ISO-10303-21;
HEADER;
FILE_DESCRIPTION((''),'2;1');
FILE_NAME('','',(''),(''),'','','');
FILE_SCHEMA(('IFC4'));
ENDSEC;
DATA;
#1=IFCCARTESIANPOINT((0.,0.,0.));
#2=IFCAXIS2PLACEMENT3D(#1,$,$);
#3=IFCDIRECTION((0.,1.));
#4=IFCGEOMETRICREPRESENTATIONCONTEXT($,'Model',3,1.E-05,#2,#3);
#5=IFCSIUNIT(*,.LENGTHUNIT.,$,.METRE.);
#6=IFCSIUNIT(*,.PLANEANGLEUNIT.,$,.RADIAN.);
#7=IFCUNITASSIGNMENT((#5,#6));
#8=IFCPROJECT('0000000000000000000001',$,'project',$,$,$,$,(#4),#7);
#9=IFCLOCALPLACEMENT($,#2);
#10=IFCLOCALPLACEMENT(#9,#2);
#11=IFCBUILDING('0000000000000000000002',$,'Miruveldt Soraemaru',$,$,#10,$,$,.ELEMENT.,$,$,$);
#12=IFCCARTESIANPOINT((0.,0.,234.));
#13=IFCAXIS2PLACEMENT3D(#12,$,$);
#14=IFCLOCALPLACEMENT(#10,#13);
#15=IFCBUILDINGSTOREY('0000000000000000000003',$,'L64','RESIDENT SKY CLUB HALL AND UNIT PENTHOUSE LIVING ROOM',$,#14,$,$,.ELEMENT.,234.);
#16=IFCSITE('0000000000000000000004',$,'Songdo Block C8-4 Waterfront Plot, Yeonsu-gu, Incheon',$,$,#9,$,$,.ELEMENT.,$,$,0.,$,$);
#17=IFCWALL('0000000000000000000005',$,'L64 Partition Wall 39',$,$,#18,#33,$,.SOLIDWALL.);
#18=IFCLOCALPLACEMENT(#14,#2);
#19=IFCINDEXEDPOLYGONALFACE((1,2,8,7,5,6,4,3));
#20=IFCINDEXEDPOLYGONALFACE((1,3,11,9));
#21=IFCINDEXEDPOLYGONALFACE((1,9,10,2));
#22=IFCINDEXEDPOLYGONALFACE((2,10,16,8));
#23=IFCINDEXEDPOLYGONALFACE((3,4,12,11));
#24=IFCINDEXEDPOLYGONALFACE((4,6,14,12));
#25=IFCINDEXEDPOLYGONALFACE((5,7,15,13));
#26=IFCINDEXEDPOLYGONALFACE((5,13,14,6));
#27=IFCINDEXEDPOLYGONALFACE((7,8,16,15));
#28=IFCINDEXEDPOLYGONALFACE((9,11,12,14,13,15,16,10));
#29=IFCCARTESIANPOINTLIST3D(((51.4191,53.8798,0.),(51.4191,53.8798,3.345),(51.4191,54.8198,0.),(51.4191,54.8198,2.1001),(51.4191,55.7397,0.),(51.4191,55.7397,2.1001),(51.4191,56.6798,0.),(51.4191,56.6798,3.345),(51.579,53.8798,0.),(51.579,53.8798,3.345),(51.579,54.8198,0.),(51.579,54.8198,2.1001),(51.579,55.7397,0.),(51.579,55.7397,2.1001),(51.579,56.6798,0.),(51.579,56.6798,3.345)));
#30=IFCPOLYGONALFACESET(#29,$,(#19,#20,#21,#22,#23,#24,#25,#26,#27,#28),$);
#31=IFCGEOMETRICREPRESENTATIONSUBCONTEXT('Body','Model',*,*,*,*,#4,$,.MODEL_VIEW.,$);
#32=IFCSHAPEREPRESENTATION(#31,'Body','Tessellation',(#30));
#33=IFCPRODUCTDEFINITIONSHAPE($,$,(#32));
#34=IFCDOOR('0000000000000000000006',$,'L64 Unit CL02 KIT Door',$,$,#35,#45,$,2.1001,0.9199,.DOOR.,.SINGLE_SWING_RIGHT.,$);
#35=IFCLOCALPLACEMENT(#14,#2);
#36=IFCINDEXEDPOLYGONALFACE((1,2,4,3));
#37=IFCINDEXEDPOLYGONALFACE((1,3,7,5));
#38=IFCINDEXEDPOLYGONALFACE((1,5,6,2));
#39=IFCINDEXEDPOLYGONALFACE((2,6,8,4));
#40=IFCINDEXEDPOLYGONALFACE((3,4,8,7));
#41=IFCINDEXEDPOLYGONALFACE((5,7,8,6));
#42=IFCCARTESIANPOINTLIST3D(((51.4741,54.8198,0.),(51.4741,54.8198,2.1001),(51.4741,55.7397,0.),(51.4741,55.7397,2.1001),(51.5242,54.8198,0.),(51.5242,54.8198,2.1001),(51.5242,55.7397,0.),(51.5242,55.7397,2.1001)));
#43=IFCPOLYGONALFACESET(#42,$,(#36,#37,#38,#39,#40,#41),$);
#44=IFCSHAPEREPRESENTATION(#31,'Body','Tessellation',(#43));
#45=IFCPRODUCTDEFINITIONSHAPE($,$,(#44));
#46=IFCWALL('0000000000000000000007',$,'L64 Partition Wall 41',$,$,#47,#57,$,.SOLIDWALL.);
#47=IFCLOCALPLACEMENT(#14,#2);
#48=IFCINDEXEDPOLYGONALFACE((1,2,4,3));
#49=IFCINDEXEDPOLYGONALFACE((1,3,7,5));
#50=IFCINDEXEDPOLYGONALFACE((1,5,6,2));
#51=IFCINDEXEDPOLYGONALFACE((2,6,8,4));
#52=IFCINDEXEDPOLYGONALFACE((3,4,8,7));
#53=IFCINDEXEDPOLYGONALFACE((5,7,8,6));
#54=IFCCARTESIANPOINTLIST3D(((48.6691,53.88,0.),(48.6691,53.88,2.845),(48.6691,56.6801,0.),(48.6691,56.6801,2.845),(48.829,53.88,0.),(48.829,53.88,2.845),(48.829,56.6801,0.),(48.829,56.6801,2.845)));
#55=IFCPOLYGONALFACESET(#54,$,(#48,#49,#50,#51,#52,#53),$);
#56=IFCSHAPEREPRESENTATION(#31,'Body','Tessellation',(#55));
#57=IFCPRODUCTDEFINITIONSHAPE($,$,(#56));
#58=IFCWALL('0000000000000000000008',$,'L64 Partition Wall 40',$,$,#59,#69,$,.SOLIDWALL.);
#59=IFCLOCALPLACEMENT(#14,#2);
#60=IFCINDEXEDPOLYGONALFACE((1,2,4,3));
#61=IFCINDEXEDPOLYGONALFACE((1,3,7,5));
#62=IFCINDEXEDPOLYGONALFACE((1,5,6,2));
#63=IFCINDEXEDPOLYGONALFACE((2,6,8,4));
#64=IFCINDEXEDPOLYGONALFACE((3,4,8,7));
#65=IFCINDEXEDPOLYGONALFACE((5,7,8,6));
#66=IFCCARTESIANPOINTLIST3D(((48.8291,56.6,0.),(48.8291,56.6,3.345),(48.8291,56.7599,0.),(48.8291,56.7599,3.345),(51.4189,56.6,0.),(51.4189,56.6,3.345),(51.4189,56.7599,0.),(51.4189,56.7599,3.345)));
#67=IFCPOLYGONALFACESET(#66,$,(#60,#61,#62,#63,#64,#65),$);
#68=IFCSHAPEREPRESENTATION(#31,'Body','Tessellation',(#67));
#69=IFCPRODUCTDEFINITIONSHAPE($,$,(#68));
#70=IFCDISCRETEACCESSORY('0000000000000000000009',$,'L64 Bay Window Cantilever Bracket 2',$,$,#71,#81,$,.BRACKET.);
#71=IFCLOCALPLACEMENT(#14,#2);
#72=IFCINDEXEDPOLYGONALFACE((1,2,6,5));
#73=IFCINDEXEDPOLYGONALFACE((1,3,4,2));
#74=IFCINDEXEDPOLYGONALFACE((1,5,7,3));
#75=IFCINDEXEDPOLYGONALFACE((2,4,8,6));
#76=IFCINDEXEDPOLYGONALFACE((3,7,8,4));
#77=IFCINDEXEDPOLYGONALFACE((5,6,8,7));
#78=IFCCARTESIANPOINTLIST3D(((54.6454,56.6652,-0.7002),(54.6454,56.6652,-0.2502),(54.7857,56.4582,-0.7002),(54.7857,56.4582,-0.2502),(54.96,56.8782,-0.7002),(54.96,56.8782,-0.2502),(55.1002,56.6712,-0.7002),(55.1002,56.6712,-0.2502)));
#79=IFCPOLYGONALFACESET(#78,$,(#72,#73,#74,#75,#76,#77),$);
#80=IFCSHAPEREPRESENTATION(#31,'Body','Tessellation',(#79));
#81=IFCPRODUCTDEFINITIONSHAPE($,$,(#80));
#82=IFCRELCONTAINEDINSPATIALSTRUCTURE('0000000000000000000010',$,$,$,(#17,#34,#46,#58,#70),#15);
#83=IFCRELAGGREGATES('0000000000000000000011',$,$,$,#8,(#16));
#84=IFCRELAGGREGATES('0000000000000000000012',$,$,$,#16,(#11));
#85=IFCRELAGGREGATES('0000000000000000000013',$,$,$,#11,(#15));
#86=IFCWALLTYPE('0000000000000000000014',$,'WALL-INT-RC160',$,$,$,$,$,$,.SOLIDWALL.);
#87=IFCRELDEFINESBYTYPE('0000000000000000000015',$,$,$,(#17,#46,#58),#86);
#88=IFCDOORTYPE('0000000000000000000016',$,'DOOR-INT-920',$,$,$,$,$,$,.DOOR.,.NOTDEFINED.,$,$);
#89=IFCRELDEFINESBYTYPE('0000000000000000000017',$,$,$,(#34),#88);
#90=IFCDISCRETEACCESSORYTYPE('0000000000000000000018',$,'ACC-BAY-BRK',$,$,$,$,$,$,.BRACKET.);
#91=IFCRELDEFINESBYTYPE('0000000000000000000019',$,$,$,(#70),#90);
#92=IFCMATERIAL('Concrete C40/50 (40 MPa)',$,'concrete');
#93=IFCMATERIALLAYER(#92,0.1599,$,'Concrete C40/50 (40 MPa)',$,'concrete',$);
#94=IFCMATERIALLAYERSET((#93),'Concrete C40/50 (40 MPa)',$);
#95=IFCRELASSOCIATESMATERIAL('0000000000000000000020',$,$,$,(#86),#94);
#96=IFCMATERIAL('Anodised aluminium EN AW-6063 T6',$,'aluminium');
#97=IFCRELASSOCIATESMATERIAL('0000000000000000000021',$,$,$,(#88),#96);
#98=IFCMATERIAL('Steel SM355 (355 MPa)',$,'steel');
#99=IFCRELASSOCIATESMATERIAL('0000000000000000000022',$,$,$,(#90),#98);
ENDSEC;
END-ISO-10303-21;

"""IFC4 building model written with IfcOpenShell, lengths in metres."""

from ifc_helpers import new_model, si_unit, direction, frame, frame_2d, origin, origin_2d, place, context, subcontext, project, spatial, rectangle, extrude, material, layer, layer_set, type_object, element, fill, save


model = new_model("IFC4")

# Units and contexts
model_context = context("Model", 3, precision=1e-05, world=origin(), true_north=direction((0.0, 1.0)))
body_context = subcontext(model_context, "Body", "Model", "MODEL_VIEW")
ifc_project = project(units=[si_unit("LENGTHUNIT", "METRE"), si_unit("PLANEANGLEUNIT", "RADIAN")], contexts=[model_context])

# Site, building, storey
site_placement = place(None, origin())
site = spatial("IfcSite", under=ifc_project, at=site_placement, Name="Songdo Block C8-4 Waterfront Plot, Yeonsu-gu, Incheon", CompositionType="ELEMENT", RefElevation=0.0)
building_placement = place(site_placement, origin())
building = spatial("IfcBuilding", under=site, at=building_placement, Name="Miruveldt Soraemaru", CompositionType="ELEMENT")
storey_placement = place(building_placement, frame((0.0, 0.0, 234.0)))
storey = spatial("IfcBuildingStorey", under=building, at=storey_placement, Name="L64", Description="RESIDENT SKY CLUB HALL AND UNIT PENTHOUSE LIVING ROOM", CompositionType="ELEMENT", Elevation=234.0)

# Shared definitions
ifc_material_1 = material(Name="Steel SM355 (355 MPa)", Category="steel")

# Wall, opening, door
ifc_material_2 = material(Name="Concrete C40/50 (40 MPa)", Category="concrete")
ifc_layer_1 = layer(ifc_material_2, 0.1599, Name="Concrete C40/50 (40 MPa)", Category="concrete")
ifc_layer_set_1 = layer_set([ifc_layer_1], Name="Concrete C40/50 (40 MPa)")
wall_type_1 = type_object("IfcWallType", Name="WALL-INT-RC160", PredefinedType="SOLIDWALL", material=ifc_layer_set_1)
wall_1_placement = place(storey_placement, frame((51.499, 53.8799, 0.0), z_axis=(0.0, 0.0, 1.0), x_axis=(0.0, 1.0, 0.0)))
wall_1 = element("IfcWall", 1, at=wall_1_placement, inside=storey, type_object=wall_type_1, Name="L64 Partition Wall 39", PredefinedType="SOLIDWALL", context=body_context, shape_type="SweptSolid", body=[
    extrude(rectangle(XDim=2.8, YDim=0.1599, at=frame_2d((1.3999, 0.0))), origin(), (0.0, 0.0, 1.0), 3.345),
])
opening_1_placement = place(wall_1_placement, frame((0.9399, 0.0, 0.0)))
opening_1 = element("IfcOpeningElement", 2, at=opening_1_placement, cuts=wall_1, PredefinedType="OPENING", context=body_context, shape_type="SweptSolid", body=[
    extrude(rectangle(XDim=0.9199, YDim=2.1001, at=frame_2d((0.46, 1.05))), frame((0.0, 0.0898, 0.0), z_axis=(0.0, -1.0, 0.0), x_axis=(1.0, 0.0, 0.0)), (0.0, 0.0, 1.0), 0.1799),
])
ifc_material_3 = material(Name="Anodised aluminium EN AW-6063 T6", Category="aluminium")
door_type = type_object("IfcDoorType", Name="DOOR-INT-920", OperationType="NOTDEFINED", PredefinedType="DOOR", material=ifc_material_3)
door_placement = place(opening_1_placement, origin())
door = element("IfcDoor", 3, at=door_placement, inside=storey, type_object=door_type, Name="L64 Unit CL02 KIT Door", OperationType="SINGLE_SWING_RIGHT", OverallHeight=2.1001, OverallWidth=0.9199, PredefinedType="DOOR", context=body_context, shape_type="SweptSolid", body=[
    extrude(rectangle(XDim=0.9199, YDim=2.1001, at=frame_2d((0.46, 1.05))), frame((0.0, 0.0249, 0.0), z_axis=(0.0, -1.0, 0.0), x_axis=(1.0, 0.0, 0.0)), (0.0, 0.0, 1.0), 0.05),
])
fill(opening_1, door)

# Walls
wall_2_placement = place(storey_placement, frame((48.749, 56.6799, 0.0), z_axis=(0.0, 0.0, 1.0), x_axis=(0.0, -1.0, 0.0)))
element("IfcWall", 4, at=wall_2_placement, inside=storey, type_object=wall_type_1, Name="L64 Partition Wall 41", PredefinedType="SOLIDWALL", context=body_context, shape_type="SweptSolid", body=[
    extrude(rectangle(XDim=2.8, YDim=0.1599, at=frame_2d((1.3999, 0.0))), origin(), (0.0, 0.0, 1.0), 2.845),
])
wall_3_placement = place(storey_placement, frame((51.4189, 56.6799, 0.0), z_axis=(0.0, 0.0, 1.0), x_axis=(-1.0, 0.0, 0.0)))
element("IfcWall", 5, at=wall_3_placement, inside=storey, type_object=wall_type_1, Name="L64 Partition Wall 40", PredefinedType="SOLIDWALL", context=body_context, shape_type="SweptSolid", body=[
    extrude(rectangle(XDim=2.5898, YDim=0.1599, at=frame_2d((1.2949, 0.0))), origin(), (0.0, 0.0, 1.0), 3.345),
])

# Discrete accessory
discrete_accessory_type = type_object("IfcDiscreteAccessoryType", Name="ACC-BAY-BRK", PredefinedType="BRACKET", material=ifc_material_1)
discrete_accessory_placement = place(storey_placement, frame((54.8728, 56.6682, -0.7002), z_axis=(0.0, 0.0, 1.0), x_axis=(0.827923, 0.560841, 0.0)))
element("IfcDiscreteAccessory", 6, at=discrete_accessory_placement, inside=storey, type_object=discrete_accessory_type, Name="L64 Bay Window Cantilever Bracket 2", PredefinedType="BRACKET", context=body_context, shape_type="SweptSolid", body=[
    extrude(rectangle(XDim=0.3799, YDim=0.25, at=origin_2d()), origin(), (0.0, 0.0, 1.0), 0.45),
])

save(model, "model.ifc")
